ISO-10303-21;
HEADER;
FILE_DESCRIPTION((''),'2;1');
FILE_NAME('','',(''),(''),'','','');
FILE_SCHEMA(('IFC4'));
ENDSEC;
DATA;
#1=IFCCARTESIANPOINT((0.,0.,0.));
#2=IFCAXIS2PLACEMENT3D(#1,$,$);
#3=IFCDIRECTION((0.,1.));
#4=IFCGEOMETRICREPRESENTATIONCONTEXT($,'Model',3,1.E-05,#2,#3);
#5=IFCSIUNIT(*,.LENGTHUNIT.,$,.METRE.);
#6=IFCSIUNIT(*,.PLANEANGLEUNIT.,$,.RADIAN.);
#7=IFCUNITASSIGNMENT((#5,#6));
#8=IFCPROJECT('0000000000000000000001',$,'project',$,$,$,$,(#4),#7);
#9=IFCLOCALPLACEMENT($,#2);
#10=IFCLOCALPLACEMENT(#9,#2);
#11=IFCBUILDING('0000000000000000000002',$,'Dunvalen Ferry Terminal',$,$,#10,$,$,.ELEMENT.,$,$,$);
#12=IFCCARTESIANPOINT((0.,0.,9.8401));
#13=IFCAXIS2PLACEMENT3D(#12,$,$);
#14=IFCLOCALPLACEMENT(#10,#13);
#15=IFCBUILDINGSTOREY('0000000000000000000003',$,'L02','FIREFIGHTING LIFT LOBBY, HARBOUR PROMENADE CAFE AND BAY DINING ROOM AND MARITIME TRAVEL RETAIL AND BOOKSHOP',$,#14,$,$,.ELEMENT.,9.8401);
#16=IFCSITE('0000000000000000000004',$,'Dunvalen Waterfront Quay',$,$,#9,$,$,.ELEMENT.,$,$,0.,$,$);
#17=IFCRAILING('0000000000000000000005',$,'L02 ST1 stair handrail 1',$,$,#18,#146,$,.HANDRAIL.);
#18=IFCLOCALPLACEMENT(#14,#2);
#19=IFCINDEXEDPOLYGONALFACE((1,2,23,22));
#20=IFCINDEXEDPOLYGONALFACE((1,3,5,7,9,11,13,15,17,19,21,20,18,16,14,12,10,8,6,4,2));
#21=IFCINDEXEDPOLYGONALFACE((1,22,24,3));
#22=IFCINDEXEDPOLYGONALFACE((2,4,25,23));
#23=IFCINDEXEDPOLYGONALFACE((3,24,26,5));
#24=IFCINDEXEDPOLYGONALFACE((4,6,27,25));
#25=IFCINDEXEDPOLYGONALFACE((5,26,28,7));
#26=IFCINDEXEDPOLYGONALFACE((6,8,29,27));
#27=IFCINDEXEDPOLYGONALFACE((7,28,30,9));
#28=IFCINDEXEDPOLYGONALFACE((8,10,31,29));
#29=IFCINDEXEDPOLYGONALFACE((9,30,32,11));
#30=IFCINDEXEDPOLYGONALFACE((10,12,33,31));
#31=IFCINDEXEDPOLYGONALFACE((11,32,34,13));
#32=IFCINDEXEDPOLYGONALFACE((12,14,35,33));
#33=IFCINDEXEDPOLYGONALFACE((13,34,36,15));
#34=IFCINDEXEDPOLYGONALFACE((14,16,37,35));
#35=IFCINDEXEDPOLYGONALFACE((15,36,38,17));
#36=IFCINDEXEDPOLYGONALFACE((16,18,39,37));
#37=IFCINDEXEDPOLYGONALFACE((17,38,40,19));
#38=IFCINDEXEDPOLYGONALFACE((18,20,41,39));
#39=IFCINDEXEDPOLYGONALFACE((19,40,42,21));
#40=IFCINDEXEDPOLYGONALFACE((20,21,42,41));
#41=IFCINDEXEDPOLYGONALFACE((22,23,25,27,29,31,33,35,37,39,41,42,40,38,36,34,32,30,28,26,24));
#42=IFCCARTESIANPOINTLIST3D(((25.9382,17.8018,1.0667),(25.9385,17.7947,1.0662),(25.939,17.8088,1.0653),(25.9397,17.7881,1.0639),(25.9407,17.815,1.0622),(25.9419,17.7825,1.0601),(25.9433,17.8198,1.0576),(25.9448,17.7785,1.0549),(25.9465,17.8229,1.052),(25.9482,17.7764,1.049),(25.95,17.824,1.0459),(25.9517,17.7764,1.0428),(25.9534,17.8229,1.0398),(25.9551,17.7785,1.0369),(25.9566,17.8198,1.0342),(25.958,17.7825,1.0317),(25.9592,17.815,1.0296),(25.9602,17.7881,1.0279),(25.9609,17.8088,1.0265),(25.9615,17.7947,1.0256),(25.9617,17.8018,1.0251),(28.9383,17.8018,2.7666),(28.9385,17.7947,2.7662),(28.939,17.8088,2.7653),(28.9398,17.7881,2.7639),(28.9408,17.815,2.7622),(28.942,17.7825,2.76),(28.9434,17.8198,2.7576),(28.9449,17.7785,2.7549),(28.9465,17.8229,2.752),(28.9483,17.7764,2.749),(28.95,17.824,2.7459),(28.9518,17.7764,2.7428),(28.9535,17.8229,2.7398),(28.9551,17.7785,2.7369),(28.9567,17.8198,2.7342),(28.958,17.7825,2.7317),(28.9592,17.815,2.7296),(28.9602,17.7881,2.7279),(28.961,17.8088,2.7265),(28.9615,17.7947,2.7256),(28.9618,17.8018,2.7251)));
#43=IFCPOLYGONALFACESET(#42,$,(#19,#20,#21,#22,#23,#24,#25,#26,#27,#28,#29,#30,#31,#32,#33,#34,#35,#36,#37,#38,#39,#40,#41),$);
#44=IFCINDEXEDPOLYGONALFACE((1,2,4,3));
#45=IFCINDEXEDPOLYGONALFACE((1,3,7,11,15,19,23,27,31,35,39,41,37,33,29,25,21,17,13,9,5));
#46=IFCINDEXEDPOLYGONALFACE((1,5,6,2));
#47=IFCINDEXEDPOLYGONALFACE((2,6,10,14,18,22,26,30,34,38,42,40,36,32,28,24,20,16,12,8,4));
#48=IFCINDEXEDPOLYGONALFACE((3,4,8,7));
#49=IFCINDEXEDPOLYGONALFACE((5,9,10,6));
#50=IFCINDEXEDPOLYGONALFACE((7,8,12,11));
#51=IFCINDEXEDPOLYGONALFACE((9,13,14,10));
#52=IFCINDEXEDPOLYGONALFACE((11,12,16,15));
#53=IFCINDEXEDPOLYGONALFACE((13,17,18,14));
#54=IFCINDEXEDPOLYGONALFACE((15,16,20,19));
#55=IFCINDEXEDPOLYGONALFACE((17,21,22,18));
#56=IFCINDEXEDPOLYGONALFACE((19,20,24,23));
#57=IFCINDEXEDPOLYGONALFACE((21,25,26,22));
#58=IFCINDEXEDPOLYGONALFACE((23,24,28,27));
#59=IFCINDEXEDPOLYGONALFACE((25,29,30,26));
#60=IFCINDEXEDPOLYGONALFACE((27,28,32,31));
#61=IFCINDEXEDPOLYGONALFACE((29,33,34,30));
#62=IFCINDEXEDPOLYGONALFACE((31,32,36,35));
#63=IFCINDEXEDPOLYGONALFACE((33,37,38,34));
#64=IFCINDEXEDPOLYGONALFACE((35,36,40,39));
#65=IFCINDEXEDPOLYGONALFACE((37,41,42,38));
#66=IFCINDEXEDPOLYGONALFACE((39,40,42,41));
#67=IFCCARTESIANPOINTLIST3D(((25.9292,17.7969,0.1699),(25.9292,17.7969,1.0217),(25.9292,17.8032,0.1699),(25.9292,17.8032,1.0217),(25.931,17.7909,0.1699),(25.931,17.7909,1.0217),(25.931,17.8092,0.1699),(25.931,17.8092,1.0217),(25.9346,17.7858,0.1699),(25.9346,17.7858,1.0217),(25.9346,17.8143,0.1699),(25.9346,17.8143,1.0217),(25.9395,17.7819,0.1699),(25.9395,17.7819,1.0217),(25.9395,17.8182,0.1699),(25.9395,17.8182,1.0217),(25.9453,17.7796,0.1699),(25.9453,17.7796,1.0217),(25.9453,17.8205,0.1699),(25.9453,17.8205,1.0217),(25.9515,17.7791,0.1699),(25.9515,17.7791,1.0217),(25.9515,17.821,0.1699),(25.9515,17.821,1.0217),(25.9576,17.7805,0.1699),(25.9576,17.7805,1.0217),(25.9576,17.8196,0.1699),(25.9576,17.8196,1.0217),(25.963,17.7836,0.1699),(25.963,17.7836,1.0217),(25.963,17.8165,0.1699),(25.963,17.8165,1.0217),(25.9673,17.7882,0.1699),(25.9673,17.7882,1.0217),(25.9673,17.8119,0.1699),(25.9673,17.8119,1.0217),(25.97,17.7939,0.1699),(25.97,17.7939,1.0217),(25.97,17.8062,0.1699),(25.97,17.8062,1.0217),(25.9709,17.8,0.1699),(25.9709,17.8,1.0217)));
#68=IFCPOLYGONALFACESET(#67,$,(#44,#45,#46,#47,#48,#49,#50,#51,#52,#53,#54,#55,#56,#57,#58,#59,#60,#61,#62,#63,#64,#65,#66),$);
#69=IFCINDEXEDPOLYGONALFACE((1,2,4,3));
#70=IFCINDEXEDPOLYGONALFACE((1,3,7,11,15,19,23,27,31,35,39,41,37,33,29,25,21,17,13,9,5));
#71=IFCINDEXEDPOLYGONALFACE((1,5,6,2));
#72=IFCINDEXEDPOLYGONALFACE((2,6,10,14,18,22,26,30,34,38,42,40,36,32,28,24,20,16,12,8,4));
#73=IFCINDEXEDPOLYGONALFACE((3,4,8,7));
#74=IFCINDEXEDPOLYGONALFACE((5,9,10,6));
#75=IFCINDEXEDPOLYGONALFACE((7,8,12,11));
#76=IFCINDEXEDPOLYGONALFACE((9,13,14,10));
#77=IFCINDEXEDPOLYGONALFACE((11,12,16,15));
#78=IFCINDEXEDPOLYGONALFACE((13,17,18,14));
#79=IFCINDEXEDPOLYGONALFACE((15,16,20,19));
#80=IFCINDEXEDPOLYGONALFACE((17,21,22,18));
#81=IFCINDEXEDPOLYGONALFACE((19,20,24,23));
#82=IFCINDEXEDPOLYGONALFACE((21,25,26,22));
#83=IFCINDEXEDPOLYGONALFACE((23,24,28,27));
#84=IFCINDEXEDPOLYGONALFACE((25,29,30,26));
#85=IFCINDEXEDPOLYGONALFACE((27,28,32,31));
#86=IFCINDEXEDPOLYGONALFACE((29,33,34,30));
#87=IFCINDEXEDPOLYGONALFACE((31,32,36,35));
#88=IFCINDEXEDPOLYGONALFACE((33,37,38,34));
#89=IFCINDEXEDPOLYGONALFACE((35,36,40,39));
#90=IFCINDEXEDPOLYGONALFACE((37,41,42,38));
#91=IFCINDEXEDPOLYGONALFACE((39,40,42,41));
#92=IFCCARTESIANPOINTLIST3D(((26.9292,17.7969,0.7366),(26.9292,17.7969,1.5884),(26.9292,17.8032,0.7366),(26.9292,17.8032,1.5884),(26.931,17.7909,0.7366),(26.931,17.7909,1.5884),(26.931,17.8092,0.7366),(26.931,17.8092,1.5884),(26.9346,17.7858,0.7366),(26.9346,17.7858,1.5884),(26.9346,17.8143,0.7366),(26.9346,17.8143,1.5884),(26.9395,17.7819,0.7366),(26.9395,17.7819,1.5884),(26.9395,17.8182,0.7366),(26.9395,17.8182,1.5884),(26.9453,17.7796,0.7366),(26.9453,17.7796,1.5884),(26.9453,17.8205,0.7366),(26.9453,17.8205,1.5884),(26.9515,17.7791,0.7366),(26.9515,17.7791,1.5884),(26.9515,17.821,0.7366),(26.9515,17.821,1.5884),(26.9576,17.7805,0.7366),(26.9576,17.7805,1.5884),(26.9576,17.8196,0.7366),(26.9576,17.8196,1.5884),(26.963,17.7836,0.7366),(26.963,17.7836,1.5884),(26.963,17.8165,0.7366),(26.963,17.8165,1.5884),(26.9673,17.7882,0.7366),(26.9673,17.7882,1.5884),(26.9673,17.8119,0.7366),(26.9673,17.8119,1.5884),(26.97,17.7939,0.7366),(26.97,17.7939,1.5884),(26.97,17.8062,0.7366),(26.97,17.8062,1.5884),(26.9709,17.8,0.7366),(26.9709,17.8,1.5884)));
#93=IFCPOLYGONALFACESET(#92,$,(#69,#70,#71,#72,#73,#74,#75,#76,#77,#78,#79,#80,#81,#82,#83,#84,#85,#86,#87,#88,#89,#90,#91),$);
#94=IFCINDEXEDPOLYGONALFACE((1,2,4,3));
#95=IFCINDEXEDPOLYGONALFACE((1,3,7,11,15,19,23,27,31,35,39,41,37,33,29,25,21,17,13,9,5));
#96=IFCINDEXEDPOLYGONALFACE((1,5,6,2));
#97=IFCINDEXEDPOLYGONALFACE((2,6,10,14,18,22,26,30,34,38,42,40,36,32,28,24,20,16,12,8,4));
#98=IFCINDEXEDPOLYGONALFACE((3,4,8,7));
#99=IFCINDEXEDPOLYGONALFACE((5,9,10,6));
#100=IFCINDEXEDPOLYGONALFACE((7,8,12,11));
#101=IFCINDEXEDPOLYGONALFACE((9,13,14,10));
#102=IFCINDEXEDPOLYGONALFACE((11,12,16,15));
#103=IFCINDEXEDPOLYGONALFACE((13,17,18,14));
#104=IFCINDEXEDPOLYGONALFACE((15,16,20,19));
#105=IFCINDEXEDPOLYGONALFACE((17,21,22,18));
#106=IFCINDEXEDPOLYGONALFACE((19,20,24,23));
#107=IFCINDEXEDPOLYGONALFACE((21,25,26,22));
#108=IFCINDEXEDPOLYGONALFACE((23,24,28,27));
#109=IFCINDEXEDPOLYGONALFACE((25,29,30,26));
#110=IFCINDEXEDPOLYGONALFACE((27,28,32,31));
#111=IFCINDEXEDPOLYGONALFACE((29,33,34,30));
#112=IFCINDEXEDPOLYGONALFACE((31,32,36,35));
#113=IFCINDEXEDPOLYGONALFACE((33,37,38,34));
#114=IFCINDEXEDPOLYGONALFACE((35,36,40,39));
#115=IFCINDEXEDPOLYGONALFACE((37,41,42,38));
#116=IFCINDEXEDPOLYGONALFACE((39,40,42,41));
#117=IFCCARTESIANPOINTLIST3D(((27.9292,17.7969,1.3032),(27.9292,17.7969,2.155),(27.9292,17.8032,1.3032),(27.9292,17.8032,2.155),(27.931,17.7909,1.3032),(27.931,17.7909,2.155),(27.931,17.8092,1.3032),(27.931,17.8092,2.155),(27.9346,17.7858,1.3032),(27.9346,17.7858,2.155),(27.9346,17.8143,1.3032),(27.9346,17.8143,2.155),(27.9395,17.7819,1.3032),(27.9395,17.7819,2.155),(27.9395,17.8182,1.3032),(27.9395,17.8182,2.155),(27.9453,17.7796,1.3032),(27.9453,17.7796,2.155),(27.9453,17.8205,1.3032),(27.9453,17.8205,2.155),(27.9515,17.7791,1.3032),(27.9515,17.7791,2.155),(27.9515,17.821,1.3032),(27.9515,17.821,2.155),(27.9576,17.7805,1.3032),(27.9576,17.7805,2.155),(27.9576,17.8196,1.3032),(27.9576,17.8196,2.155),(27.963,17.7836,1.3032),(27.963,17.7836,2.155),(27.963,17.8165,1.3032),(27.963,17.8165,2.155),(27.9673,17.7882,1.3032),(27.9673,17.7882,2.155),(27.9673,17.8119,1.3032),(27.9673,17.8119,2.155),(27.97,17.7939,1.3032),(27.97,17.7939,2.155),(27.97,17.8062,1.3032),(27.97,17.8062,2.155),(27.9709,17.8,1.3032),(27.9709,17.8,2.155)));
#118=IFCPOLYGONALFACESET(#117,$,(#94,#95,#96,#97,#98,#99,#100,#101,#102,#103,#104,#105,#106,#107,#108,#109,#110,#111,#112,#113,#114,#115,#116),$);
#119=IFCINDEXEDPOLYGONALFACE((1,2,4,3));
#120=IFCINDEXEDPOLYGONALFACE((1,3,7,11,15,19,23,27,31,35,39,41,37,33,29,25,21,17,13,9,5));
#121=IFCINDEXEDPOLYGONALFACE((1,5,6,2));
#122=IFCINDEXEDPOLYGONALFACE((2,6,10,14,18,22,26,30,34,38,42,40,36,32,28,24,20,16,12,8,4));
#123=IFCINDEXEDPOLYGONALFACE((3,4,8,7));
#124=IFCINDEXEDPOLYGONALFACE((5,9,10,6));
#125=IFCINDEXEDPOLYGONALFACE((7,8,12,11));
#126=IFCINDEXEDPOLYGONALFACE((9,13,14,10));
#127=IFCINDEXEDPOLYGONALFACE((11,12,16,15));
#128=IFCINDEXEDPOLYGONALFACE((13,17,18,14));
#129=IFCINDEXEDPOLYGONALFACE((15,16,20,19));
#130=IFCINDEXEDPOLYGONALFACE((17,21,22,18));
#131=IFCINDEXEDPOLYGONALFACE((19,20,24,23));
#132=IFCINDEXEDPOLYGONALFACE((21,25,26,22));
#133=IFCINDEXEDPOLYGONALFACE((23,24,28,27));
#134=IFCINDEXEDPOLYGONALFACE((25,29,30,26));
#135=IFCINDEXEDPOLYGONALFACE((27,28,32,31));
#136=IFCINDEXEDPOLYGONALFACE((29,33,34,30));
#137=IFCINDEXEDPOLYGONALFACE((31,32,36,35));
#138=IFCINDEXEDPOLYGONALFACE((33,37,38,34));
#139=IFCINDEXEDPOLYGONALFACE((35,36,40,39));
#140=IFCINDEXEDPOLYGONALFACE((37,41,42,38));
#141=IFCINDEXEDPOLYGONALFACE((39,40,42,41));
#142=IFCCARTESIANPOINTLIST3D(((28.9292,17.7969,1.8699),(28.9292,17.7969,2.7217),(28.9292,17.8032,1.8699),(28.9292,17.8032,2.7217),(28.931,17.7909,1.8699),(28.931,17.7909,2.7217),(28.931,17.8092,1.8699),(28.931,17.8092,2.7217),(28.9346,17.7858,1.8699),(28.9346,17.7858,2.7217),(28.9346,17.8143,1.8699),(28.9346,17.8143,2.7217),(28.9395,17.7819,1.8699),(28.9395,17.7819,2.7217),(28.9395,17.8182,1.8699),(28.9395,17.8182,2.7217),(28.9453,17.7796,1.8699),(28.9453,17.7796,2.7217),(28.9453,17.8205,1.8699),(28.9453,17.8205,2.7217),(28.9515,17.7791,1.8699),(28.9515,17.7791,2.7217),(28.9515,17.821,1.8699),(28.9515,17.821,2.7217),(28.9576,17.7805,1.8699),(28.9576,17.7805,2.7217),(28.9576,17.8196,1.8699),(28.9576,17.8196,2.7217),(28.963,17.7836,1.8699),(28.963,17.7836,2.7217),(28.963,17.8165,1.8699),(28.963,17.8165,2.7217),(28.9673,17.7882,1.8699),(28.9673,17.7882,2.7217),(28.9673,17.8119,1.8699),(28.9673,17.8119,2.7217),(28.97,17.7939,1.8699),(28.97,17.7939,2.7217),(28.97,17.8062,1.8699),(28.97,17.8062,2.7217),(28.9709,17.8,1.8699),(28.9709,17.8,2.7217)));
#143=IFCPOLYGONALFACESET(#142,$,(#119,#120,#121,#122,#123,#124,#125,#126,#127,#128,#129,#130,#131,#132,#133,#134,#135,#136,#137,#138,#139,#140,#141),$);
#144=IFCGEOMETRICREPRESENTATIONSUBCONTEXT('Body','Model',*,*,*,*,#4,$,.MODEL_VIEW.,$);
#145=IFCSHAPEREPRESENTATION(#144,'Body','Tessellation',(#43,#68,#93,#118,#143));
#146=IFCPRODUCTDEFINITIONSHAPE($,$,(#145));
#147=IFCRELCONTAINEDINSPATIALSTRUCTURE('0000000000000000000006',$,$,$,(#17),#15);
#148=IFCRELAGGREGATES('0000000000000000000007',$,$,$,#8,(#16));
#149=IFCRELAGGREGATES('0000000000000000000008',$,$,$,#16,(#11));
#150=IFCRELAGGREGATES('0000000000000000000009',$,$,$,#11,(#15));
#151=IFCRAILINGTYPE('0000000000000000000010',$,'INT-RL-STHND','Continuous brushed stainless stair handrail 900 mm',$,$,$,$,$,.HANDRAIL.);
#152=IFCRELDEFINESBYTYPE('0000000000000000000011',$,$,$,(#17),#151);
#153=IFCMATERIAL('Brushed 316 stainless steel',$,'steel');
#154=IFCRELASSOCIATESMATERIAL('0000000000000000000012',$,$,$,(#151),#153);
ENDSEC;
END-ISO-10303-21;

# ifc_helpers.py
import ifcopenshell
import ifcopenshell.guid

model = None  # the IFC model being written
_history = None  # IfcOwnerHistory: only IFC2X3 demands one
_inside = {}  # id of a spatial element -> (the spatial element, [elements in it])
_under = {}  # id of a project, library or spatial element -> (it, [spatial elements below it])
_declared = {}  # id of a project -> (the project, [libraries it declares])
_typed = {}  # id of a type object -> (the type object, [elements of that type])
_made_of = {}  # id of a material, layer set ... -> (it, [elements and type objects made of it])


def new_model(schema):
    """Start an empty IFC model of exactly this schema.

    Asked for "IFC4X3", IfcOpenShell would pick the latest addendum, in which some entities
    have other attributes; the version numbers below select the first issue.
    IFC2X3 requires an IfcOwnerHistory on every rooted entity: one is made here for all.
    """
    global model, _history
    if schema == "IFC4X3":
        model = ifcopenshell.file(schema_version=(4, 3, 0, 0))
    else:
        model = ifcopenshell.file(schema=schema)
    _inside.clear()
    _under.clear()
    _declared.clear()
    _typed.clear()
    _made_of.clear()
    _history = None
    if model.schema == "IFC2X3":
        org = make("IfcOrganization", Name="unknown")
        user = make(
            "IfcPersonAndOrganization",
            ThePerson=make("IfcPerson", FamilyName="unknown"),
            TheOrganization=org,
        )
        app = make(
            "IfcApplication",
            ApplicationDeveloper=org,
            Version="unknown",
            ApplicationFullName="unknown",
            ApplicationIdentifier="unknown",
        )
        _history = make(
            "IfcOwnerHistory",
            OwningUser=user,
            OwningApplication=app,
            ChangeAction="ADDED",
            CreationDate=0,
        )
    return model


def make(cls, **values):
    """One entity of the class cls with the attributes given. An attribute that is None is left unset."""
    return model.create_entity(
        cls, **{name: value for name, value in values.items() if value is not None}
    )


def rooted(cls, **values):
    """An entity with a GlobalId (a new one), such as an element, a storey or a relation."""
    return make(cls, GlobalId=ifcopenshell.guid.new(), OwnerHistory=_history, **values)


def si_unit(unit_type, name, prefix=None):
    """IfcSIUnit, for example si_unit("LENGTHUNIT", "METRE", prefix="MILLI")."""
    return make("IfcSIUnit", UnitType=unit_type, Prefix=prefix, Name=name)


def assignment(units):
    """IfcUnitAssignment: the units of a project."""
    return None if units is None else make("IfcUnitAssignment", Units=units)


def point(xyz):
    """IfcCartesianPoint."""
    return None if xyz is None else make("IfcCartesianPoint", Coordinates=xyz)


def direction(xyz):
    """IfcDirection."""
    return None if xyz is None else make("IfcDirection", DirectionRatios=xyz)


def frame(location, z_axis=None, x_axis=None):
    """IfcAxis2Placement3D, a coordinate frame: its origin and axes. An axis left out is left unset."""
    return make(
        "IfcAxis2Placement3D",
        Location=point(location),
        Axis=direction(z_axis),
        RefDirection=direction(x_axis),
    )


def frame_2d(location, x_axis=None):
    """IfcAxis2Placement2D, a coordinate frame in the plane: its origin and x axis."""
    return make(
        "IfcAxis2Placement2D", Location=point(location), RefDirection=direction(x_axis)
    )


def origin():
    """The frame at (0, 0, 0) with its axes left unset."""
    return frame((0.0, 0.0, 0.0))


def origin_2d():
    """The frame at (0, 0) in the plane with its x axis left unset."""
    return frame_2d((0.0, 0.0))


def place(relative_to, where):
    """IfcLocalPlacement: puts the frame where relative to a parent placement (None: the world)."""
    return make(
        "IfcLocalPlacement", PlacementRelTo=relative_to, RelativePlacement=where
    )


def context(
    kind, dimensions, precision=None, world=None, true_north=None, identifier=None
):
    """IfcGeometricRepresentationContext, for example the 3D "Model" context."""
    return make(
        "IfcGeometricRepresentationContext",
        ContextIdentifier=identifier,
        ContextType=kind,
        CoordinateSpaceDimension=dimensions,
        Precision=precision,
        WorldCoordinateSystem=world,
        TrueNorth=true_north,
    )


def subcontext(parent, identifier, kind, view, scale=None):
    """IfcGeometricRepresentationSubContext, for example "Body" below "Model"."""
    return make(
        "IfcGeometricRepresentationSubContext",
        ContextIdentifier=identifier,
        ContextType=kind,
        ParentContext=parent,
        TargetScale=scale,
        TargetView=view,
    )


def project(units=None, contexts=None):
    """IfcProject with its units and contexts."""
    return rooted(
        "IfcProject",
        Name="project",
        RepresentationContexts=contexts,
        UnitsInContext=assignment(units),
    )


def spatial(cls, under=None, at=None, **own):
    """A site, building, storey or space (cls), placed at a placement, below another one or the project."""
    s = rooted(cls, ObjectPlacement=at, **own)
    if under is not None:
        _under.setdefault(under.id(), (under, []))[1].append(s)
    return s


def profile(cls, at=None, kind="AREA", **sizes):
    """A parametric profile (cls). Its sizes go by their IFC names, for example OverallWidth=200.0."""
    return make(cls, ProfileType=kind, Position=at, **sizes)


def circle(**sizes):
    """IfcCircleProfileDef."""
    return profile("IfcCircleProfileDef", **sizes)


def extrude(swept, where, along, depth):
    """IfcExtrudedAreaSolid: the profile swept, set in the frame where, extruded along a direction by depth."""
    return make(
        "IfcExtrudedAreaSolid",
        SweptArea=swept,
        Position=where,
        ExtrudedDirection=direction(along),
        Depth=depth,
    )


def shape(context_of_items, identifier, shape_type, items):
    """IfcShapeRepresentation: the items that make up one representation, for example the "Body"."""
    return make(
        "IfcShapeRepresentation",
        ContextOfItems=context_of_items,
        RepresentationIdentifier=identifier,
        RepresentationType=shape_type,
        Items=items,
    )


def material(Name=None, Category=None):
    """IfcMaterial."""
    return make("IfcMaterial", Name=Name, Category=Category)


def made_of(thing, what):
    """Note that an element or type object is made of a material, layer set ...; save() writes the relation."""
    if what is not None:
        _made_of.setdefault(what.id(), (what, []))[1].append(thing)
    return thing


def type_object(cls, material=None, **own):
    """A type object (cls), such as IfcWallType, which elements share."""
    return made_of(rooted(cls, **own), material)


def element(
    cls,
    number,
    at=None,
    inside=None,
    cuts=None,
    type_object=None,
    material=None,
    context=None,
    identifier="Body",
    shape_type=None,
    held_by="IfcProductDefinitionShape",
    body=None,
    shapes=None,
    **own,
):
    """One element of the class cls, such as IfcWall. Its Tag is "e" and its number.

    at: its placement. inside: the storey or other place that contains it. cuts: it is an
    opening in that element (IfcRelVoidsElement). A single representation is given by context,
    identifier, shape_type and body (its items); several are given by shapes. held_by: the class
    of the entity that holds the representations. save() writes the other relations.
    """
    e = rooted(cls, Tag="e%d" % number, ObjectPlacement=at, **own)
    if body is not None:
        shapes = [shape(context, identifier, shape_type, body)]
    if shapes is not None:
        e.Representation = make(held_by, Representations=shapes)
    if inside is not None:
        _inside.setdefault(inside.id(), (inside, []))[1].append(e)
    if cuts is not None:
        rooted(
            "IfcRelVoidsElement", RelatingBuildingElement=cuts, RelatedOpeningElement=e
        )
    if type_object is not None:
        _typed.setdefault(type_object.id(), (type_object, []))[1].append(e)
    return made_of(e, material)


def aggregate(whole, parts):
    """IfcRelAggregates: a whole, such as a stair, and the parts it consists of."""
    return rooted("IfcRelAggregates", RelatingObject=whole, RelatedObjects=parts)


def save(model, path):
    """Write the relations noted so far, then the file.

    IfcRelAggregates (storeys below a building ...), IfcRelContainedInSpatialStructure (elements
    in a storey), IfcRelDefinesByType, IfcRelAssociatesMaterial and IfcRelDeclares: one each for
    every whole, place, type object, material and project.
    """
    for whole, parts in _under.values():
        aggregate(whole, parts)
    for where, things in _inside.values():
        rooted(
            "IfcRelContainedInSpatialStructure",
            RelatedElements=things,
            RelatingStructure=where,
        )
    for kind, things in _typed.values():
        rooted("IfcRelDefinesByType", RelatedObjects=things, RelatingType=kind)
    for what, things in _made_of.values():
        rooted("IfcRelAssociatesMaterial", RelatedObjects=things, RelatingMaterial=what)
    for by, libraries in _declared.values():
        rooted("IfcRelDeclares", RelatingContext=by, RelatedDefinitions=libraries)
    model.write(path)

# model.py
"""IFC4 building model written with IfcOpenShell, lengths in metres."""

from ifc_helpers import new_model, si_unit, direction, frame, origin, origin_2d, place, context, subcontext, project, spatial, circle, extrude, material, type_object, element, save


model = new_model("IFC4")

# Units and contexts
model_context = context("Model", 3, precision=1e-05, world=origin(), true_north=direction((0.0, 1.0)))
body_context = subcontext(model_context, "Body", "Model", "MODEL_VIEW")
ifc_project = project(units=[si_unit("LENGTHUNIT", "METRE"), si_unit("PLANEANGLEUNIT", "RADIAN")], contexts=[model_context])

# Site, building, storey
site_placement = place(None, origin())
site = spatial("IfcSite", under=ifc_project, at=site_placement, Name="Dunvalen Waterfront Quay", CompositionType="ELEMENT", RefElevation=0.0)
building_placement = place(site_placement, origin())
building = spatial("IfcBuilding", under=site, at=building_placement, Name="Dunvalen Ferry Terminal", CompositionType="ELEMENT")
storey_placement = place(building_placement, frame((0.0, 0.0, 9.8401)))
storey = spatial("IfcBuildingStorey", under=building, at=storey_placement, Name="L02", Description="FIREFIGHTING LIFT LOBBY, HARBOUR PROMENADE CAFE AND BAY DINING ROOM AND MARITIME TRAVEL RETAIL AND BOOKSHOP", CompositionType="ELEMENT", Elevation=9.8401)

# Railing
ifc_material_1 = material(Name="Brushed 316 stainless steel", Category="steel")
railing_type_1 = type_object("IfcRailingType", Name="INT-RL-STHND", Description="Continuous brushed stainless stair handrail 900 mm", PredefinedType="HANDRAIL", material=ifc_material_1)
for number, where, name in (
    (1, (25.95, 17.8, 0.1699), "L02 ST1 stair handrail 1"),
):
    element("IfcRailing", number, at=place(storey_placement, frame(where)), inside=storey, type_object=railing_type_1, Name=name, PredefinedType="HANDRAIL", context=body_context, shape_type="SweptSolid", body=[
        extrude(circle(Radius=0.0239, at=origin_2d()), frame((0.0, 0.0, 0.876), z_axis=(0.870028, 0.0, 0.493002), x_axis=(0.0, 1.0, 0.0)), (0.0, 0.0, 1.0), 3.4482),
        extrude(circle(Radius=0.021, at=origin_2d()), origin(), (0.0, 0.0, 1.0), 0.8518),
        extrude(circle(Radius=0.021, at=origin_2d()), frame((1.0, 0.0, 0.5667)), (0.0, 0.0, 1.0), 0.8518),
        extrude(circle(Radius=0.021, at=origin_2d()), frame((2.0, 0.0, 1.1333)), (0.0, 0.0, 1.0), 0.8518),
        extrude(circle(Radius=0.021, at=origin_2d()), frame((3.0, 0.0, 1.7)), (0.0, 0.0, 1.0), 0.8518),
    ])

save(model, "model.ifc")
